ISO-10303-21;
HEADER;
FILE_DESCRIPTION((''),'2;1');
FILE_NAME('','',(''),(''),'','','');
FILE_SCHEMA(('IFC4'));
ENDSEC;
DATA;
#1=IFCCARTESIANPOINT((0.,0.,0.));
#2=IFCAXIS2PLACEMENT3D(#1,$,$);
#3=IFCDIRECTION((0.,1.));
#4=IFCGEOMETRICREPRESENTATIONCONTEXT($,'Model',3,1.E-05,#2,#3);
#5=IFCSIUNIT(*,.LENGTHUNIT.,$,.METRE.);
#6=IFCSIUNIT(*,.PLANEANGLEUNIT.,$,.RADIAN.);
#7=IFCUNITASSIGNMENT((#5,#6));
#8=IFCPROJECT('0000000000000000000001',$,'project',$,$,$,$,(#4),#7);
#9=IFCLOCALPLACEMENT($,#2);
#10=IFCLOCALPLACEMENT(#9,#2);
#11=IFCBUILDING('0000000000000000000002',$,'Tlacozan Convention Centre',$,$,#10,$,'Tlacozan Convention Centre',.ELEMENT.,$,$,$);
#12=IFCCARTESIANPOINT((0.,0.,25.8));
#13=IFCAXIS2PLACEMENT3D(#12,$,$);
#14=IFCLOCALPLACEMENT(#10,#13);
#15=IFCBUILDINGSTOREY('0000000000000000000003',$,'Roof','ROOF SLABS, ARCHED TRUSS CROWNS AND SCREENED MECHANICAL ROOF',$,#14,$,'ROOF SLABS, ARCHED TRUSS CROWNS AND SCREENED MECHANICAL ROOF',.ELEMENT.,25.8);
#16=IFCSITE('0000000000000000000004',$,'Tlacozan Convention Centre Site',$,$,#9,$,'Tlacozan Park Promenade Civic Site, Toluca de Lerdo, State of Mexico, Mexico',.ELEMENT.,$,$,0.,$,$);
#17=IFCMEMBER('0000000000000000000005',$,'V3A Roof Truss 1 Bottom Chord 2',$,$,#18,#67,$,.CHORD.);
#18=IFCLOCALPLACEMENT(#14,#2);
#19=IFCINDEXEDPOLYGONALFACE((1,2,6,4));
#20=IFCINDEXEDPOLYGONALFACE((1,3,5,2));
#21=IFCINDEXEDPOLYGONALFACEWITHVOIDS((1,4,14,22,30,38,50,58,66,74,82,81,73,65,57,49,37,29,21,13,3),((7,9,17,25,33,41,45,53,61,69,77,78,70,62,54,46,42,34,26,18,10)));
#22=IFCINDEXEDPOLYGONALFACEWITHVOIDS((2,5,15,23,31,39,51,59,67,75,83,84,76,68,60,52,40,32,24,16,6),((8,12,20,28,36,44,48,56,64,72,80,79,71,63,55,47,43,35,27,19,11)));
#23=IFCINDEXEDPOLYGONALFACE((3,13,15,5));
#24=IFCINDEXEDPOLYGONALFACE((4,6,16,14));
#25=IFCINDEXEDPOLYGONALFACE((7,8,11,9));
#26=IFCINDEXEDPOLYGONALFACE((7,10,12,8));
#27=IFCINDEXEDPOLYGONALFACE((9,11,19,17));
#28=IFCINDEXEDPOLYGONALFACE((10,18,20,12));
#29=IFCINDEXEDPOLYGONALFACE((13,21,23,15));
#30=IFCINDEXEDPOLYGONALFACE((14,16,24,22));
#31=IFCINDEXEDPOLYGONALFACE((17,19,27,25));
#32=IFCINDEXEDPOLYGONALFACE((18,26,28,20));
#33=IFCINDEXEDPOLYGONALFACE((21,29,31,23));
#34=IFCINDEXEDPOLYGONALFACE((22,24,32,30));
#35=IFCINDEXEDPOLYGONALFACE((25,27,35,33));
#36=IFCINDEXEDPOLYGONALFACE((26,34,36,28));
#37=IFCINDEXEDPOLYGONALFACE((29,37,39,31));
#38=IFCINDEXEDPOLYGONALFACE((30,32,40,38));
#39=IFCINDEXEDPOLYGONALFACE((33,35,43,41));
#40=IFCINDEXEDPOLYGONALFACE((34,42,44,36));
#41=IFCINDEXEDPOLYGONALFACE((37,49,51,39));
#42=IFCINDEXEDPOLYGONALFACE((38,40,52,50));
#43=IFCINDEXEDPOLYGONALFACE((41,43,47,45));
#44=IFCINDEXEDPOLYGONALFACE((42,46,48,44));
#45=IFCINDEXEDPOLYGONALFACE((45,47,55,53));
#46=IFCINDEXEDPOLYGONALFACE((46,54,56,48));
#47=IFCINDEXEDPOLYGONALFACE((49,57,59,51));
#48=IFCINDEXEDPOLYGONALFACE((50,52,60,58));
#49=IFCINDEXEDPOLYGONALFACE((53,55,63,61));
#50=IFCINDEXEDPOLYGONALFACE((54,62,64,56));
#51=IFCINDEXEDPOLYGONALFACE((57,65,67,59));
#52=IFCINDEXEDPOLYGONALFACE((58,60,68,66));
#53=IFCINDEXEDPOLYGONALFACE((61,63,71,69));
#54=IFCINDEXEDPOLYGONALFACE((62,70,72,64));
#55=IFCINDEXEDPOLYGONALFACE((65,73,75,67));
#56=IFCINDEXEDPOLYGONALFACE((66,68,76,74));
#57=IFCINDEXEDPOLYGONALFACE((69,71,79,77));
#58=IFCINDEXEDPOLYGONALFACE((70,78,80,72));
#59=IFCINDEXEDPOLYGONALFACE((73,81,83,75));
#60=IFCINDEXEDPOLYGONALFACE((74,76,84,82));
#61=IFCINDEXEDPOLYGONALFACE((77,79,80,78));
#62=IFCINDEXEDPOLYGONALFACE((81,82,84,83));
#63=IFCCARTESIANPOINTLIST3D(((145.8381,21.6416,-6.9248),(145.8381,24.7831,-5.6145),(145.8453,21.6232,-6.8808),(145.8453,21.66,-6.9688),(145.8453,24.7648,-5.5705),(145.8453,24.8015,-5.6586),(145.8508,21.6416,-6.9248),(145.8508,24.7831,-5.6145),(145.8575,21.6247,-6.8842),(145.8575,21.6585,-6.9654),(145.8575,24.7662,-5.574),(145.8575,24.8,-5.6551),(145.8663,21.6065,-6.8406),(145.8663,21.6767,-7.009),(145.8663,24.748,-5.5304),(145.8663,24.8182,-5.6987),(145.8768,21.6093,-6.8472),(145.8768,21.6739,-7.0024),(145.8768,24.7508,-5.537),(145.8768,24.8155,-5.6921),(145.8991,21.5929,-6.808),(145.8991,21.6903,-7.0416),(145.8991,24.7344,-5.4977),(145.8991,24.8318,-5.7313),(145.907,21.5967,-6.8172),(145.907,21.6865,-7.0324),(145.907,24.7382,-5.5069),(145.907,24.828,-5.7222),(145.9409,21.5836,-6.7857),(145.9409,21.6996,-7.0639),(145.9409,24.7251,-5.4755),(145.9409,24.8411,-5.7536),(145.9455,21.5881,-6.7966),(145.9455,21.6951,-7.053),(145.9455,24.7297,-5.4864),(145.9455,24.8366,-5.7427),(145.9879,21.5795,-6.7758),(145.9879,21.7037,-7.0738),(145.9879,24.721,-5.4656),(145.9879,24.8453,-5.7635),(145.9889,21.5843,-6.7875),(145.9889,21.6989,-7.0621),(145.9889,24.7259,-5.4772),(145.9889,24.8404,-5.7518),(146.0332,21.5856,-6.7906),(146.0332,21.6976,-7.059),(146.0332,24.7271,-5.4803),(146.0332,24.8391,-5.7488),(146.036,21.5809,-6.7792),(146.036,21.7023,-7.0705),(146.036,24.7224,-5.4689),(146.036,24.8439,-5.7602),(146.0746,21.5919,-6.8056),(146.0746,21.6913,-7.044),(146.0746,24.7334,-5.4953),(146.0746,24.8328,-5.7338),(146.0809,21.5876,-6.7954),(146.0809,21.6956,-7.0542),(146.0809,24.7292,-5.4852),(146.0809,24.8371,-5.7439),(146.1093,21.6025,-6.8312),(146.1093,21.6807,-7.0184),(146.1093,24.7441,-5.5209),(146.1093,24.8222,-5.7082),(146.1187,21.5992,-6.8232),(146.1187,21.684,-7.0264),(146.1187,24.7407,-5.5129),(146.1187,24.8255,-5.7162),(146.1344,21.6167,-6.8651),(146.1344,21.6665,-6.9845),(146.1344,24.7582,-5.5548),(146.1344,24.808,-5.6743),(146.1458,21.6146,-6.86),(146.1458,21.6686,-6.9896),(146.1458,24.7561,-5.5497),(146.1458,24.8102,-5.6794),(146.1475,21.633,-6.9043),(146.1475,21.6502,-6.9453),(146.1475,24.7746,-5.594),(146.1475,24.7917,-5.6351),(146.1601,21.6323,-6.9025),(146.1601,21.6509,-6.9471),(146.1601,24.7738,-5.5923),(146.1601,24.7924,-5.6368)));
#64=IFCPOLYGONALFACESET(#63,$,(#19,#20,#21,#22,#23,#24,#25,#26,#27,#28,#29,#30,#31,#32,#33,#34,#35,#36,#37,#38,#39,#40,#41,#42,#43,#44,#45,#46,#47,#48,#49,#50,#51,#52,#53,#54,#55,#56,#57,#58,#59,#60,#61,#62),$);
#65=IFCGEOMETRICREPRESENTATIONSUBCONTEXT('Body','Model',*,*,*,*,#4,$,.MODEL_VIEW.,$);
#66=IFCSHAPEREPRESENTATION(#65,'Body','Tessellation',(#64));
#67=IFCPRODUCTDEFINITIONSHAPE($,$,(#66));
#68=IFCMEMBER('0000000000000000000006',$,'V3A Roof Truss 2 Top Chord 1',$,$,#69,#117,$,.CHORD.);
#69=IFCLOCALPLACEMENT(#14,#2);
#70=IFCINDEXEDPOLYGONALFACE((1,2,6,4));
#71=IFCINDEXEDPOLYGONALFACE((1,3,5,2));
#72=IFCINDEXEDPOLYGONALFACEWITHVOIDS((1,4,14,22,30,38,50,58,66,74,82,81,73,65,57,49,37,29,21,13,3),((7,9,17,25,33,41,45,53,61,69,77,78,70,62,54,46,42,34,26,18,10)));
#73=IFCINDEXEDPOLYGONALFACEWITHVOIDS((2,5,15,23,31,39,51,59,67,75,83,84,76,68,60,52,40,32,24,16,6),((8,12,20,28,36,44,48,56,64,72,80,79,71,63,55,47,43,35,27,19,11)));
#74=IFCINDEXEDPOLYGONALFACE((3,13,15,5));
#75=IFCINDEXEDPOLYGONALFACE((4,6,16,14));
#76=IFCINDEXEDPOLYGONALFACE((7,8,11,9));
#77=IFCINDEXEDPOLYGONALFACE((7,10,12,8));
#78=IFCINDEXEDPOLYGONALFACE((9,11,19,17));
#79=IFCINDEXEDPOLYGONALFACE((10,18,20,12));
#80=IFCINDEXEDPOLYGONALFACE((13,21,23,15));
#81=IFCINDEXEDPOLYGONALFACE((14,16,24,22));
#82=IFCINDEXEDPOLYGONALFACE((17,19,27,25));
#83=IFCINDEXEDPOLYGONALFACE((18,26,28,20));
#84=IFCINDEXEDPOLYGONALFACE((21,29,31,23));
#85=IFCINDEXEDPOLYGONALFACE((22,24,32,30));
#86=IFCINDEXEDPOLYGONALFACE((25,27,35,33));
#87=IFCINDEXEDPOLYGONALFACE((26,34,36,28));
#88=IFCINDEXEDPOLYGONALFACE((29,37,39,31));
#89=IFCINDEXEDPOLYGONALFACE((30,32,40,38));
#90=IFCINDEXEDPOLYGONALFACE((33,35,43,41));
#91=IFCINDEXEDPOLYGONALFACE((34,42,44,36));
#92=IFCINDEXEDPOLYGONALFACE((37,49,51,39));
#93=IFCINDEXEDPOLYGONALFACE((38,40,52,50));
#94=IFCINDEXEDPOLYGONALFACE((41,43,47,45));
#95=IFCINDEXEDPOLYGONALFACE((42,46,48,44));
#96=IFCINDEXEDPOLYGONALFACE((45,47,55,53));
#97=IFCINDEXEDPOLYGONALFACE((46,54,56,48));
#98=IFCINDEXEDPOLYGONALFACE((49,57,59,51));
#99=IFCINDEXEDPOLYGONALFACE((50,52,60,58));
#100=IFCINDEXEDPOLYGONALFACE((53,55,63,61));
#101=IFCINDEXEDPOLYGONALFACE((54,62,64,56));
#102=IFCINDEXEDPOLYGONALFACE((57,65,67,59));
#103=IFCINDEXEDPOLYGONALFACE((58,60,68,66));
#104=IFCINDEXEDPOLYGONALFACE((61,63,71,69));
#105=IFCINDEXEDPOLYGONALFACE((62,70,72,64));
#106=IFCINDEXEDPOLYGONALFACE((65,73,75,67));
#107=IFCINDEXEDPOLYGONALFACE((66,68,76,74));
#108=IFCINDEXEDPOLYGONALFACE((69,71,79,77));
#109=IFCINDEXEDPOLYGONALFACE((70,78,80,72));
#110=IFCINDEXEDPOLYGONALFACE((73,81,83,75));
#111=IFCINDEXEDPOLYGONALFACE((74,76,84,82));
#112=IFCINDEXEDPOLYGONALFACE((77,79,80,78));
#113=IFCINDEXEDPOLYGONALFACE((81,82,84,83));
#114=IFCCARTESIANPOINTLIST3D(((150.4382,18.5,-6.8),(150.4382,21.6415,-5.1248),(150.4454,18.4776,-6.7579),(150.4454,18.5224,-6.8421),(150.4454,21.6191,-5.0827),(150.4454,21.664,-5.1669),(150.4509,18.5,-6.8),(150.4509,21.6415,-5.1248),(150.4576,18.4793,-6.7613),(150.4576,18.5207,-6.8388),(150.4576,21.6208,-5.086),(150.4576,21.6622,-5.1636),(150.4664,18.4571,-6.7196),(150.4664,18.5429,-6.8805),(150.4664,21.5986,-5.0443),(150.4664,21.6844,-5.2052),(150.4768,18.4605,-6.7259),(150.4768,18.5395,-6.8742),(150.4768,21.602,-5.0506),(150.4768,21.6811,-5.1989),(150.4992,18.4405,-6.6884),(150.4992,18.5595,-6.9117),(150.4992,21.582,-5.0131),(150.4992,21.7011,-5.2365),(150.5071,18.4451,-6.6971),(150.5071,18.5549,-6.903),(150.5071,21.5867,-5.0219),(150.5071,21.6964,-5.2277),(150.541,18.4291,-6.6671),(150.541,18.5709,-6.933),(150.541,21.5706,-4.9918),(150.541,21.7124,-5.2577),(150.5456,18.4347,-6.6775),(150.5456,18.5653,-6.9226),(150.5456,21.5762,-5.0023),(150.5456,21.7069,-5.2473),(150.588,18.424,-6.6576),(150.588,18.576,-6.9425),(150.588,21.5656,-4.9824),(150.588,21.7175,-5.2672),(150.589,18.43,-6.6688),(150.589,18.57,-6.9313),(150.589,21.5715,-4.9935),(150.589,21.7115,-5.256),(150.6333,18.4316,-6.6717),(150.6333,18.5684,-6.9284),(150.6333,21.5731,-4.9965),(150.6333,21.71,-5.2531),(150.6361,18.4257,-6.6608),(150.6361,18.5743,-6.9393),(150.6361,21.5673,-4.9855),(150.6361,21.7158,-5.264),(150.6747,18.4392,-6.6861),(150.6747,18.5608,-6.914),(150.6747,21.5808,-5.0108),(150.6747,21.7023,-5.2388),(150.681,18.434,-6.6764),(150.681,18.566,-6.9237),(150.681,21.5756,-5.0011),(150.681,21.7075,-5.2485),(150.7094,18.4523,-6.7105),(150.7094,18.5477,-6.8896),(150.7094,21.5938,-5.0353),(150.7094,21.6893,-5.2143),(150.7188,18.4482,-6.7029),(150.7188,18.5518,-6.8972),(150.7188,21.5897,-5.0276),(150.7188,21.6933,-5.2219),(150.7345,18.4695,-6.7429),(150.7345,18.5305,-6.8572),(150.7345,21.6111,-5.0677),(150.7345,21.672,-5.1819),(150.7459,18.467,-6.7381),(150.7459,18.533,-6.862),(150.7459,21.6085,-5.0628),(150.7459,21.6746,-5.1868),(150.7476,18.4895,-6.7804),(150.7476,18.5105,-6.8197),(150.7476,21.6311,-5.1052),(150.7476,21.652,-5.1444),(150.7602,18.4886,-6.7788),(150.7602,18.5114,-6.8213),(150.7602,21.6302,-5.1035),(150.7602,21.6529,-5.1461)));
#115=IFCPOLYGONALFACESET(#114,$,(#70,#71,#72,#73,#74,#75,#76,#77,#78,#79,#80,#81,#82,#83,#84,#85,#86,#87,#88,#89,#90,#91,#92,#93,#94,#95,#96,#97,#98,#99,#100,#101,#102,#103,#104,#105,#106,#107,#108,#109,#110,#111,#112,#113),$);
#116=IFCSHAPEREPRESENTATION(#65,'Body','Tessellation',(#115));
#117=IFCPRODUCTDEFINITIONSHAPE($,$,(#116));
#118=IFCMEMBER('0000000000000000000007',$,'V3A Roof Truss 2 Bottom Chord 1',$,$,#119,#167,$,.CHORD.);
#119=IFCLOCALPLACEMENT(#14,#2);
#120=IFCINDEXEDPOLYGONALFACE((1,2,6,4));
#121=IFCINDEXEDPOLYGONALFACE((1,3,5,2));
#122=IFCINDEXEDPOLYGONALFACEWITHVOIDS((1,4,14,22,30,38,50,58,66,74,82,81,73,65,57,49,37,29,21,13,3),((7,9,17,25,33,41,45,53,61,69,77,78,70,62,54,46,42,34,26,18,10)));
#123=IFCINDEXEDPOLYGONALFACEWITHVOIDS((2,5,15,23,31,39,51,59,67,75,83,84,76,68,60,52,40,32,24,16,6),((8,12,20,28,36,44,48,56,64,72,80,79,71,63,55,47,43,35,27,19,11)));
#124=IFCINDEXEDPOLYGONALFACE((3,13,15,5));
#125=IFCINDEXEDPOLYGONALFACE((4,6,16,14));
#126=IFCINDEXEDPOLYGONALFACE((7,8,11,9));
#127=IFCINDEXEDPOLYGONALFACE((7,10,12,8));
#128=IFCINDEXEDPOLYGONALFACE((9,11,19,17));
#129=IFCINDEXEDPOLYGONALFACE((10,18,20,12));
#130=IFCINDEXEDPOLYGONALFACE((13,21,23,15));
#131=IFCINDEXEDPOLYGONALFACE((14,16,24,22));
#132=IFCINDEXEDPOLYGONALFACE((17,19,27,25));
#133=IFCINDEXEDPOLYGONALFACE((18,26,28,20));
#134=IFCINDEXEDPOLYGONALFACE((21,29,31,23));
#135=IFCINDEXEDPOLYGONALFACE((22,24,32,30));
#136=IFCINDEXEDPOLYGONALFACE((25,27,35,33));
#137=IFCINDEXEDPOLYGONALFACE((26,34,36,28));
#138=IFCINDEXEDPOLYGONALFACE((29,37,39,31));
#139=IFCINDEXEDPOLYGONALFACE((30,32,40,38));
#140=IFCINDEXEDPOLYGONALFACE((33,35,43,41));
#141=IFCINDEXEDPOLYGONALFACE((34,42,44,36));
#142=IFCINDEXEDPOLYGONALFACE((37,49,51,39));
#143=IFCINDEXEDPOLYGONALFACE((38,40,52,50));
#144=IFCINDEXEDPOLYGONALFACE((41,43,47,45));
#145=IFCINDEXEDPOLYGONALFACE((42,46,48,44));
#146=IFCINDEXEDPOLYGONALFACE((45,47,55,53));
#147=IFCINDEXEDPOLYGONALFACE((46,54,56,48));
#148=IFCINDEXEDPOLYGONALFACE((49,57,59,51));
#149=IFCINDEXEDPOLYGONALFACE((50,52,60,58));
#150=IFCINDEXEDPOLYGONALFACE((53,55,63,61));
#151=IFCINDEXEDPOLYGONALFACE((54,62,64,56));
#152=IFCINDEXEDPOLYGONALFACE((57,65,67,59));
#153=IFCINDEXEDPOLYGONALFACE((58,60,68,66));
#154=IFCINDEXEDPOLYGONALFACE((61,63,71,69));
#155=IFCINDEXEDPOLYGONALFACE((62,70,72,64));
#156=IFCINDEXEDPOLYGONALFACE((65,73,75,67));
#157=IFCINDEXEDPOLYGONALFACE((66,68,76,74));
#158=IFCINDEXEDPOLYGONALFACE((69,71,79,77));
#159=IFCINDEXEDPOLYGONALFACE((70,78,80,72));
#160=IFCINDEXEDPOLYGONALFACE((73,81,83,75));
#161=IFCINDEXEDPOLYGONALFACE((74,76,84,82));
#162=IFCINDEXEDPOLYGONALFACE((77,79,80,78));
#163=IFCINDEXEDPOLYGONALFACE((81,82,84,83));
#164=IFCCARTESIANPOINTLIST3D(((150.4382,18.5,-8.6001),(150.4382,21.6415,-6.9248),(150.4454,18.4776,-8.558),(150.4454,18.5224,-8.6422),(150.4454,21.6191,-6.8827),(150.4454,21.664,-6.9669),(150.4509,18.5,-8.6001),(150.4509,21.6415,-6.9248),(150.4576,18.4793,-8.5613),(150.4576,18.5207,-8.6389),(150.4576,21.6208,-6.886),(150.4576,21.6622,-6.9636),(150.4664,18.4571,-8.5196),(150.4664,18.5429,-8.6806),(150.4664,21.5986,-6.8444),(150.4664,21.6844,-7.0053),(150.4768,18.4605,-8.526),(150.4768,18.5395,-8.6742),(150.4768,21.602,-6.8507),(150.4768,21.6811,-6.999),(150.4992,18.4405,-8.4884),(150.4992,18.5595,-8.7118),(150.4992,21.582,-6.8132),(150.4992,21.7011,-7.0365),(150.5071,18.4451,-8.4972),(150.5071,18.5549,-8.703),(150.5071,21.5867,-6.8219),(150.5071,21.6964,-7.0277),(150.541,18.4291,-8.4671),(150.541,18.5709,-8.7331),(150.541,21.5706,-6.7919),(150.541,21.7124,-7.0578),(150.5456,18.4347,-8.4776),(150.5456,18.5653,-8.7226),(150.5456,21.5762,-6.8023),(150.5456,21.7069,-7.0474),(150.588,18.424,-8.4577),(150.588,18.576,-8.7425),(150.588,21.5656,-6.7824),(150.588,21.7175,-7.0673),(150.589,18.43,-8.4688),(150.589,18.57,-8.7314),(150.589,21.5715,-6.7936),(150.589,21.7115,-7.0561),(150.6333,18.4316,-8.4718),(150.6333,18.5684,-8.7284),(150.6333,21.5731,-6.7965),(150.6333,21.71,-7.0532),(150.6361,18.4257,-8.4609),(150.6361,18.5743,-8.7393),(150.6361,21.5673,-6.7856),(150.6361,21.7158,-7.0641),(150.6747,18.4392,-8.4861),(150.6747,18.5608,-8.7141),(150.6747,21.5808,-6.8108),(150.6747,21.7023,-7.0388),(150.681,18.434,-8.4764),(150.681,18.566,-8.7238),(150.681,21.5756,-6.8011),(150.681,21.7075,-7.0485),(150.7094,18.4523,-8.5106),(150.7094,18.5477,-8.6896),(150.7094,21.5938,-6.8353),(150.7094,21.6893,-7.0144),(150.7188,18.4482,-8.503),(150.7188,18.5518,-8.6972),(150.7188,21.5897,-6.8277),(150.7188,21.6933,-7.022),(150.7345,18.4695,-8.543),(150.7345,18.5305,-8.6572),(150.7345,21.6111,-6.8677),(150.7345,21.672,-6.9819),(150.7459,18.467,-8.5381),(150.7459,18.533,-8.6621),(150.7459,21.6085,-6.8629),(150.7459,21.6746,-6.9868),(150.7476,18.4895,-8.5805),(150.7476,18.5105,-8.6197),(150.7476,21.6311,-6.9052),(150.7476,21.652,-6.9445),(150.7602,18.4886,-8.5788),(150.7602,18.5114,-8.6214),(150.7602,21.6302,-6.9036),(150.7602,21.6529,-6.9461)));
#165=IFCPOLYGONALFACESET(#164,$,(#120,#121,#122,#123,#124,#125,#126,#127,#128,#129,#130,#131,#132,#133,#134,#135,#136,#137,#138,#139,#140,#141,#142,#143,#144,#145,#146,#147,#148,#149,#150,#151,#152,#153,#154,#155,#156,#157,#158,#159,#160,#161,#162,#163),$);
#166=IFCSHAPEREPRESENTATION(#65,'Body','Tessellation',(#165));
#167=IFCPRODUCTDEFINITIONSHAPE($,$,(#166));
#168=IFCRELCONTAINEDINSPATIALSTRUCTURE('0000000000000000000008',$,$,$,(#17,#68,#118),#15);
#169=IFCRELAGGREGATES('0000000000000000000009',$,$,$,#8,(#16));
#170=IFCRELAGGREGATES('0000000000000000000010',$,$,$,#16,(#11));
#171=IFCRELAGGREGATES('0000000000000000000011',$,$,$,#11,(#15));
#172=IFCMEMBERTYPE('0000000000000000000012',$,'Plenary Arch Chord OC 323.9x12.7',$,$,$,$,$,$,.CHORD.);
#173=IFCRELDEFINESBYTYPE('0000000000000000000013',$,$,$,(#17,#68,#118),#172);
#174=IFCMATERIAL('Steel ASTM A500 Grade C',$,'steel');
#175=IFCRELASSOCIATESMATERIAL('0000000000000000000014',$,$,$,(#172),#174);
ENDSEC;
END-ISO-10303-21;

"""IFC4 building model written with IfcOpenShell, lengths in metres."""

from ifc_helpers import new_model, si_unit, direction, frame, origin, origin_2d, place, context, subcontext, project, spatial, hollow_circle, extrude, material, material_profile, profile_set, type_object, element, save


model = new_model("IFC4")

# Units and contexts
model_context = context("Model", 3, precision=1e-05, world=origin(), true_north=direction((0.0, 1.0)))
body_context = subcontext(model_context, "Body", "Model", "MODEL_VIEW")
ifc_project = project(units=[si_unit("LENGTHUNIT", "METRE"), si_unit("PLANEANGLEUNIT", "RADIAN")], contexts=[model_context])

# Site, building, storey
site_placement = place(None, origin())
site = spatial("IfcSite", under=ifc_project, at=site_placement, Name="Tlacozan Convention Centre Site", LongName="Tlacozan Park Promenade Civic Site, Toluca de Lerdo, State of Mexico, Mexico", CompositionType="ELEMENT", RefElevation=0.0)
building_placement = place(site_placement, origin())
building = spatial("IfcBuilding", under=site, at=building_placement, Name="Tlacozan Convention Centre", LongName="Tlacozan Convention Centre", CompositionType="ELEMENT")
storey_placement = place(building_placement, frame((0.0, 0.0, 25.8)))
storey = spatial("IfcBuildingStorey", under=building, at=storey_placement, Name="Roof", Description="ROOF SLABS, ARCHED TRUSS CROWNS AND SCREENED MECHANICAL ROOF", LongName="ROOF SLABS, ARCHED TRUSS CROWNS AND SCREENED MECHANICAL ROOF", CompositionType="ELEMENT", Elevation=25.8)

# Members
ifc_material_1 = material(Name="Steel ASTM A500 Grade C", Category="steel")
ifc_material_profile_1 = material_profile(ifc_material_1, hollow_circle(Radius=0.1619, WallThickness=0.0127, at=origin_2d()), Name="OC 323.9x12.7")
ifc_profile_set_1 = profile_set([ifc_material_profile_1], Name="Steel ASTM A500 Grade C")
member_type_1 = type_object("IfcMemberType", Name="Plenary Arch Chord OC 323.9x12.7", PredefinedType="CHORD", material=ifc_profile_set_1)
for number, where, z_axis, x_axis, name in (
    (1, (146.0, 21.6416, -6.9248), (0.0, 0.922941, 0.384941), (-1.0, 0.0, 0.0), "V3A Roof Truss 1 Bottom Chord 2"),
):
    element("IfcMember", number, at=place(storey_placement, frame(where, z_axis=z_axis, x_axis=x_axis)), inside=storey, type_object=member_type_1, Name=name, PredefinedType="CHORD", context=body_context, shape_type="SweptSolid", body=[
        extrude(hollow_circle(Radius=0.1619, WallThickness=0.0127, at=origin_2d()), origin(), (0.0, 0.0, 1.0), 3.4038),
    ])
for number, where, z_axis, x_axis, name in (
    (2, (150.6001, 18.5, -6.8), (0.0, 0.88238, 0.470538), (-1.0, 0.0, 0.0), "V3A Roof Truss 2 Top Chord 1"),
    (3, (150.6001, 18.5, -8.6001), (0.0, 0.88238, 0.470538), (-1.0, 0.0, 0.0), "V3A Roof Truss 2 Bottom Chord 1"),
):
    element("IfcMember", number, at=place(storey_placement, frame(where, z_axis=z_axis, x_axis=x_axis)), inside=storey, type_object=member_type_1, Name=name, PredefinedType="CHORD", context=body_context, shape_type="SweptSolid", body=[
        extrude(hollow_circle(Radius=0.1619, WallThickness=0.0127, at=origin_2d()), origin(), (0.0, 0.0, 1.0), 3.5603),
    ])

save(model, "model.ifc")
